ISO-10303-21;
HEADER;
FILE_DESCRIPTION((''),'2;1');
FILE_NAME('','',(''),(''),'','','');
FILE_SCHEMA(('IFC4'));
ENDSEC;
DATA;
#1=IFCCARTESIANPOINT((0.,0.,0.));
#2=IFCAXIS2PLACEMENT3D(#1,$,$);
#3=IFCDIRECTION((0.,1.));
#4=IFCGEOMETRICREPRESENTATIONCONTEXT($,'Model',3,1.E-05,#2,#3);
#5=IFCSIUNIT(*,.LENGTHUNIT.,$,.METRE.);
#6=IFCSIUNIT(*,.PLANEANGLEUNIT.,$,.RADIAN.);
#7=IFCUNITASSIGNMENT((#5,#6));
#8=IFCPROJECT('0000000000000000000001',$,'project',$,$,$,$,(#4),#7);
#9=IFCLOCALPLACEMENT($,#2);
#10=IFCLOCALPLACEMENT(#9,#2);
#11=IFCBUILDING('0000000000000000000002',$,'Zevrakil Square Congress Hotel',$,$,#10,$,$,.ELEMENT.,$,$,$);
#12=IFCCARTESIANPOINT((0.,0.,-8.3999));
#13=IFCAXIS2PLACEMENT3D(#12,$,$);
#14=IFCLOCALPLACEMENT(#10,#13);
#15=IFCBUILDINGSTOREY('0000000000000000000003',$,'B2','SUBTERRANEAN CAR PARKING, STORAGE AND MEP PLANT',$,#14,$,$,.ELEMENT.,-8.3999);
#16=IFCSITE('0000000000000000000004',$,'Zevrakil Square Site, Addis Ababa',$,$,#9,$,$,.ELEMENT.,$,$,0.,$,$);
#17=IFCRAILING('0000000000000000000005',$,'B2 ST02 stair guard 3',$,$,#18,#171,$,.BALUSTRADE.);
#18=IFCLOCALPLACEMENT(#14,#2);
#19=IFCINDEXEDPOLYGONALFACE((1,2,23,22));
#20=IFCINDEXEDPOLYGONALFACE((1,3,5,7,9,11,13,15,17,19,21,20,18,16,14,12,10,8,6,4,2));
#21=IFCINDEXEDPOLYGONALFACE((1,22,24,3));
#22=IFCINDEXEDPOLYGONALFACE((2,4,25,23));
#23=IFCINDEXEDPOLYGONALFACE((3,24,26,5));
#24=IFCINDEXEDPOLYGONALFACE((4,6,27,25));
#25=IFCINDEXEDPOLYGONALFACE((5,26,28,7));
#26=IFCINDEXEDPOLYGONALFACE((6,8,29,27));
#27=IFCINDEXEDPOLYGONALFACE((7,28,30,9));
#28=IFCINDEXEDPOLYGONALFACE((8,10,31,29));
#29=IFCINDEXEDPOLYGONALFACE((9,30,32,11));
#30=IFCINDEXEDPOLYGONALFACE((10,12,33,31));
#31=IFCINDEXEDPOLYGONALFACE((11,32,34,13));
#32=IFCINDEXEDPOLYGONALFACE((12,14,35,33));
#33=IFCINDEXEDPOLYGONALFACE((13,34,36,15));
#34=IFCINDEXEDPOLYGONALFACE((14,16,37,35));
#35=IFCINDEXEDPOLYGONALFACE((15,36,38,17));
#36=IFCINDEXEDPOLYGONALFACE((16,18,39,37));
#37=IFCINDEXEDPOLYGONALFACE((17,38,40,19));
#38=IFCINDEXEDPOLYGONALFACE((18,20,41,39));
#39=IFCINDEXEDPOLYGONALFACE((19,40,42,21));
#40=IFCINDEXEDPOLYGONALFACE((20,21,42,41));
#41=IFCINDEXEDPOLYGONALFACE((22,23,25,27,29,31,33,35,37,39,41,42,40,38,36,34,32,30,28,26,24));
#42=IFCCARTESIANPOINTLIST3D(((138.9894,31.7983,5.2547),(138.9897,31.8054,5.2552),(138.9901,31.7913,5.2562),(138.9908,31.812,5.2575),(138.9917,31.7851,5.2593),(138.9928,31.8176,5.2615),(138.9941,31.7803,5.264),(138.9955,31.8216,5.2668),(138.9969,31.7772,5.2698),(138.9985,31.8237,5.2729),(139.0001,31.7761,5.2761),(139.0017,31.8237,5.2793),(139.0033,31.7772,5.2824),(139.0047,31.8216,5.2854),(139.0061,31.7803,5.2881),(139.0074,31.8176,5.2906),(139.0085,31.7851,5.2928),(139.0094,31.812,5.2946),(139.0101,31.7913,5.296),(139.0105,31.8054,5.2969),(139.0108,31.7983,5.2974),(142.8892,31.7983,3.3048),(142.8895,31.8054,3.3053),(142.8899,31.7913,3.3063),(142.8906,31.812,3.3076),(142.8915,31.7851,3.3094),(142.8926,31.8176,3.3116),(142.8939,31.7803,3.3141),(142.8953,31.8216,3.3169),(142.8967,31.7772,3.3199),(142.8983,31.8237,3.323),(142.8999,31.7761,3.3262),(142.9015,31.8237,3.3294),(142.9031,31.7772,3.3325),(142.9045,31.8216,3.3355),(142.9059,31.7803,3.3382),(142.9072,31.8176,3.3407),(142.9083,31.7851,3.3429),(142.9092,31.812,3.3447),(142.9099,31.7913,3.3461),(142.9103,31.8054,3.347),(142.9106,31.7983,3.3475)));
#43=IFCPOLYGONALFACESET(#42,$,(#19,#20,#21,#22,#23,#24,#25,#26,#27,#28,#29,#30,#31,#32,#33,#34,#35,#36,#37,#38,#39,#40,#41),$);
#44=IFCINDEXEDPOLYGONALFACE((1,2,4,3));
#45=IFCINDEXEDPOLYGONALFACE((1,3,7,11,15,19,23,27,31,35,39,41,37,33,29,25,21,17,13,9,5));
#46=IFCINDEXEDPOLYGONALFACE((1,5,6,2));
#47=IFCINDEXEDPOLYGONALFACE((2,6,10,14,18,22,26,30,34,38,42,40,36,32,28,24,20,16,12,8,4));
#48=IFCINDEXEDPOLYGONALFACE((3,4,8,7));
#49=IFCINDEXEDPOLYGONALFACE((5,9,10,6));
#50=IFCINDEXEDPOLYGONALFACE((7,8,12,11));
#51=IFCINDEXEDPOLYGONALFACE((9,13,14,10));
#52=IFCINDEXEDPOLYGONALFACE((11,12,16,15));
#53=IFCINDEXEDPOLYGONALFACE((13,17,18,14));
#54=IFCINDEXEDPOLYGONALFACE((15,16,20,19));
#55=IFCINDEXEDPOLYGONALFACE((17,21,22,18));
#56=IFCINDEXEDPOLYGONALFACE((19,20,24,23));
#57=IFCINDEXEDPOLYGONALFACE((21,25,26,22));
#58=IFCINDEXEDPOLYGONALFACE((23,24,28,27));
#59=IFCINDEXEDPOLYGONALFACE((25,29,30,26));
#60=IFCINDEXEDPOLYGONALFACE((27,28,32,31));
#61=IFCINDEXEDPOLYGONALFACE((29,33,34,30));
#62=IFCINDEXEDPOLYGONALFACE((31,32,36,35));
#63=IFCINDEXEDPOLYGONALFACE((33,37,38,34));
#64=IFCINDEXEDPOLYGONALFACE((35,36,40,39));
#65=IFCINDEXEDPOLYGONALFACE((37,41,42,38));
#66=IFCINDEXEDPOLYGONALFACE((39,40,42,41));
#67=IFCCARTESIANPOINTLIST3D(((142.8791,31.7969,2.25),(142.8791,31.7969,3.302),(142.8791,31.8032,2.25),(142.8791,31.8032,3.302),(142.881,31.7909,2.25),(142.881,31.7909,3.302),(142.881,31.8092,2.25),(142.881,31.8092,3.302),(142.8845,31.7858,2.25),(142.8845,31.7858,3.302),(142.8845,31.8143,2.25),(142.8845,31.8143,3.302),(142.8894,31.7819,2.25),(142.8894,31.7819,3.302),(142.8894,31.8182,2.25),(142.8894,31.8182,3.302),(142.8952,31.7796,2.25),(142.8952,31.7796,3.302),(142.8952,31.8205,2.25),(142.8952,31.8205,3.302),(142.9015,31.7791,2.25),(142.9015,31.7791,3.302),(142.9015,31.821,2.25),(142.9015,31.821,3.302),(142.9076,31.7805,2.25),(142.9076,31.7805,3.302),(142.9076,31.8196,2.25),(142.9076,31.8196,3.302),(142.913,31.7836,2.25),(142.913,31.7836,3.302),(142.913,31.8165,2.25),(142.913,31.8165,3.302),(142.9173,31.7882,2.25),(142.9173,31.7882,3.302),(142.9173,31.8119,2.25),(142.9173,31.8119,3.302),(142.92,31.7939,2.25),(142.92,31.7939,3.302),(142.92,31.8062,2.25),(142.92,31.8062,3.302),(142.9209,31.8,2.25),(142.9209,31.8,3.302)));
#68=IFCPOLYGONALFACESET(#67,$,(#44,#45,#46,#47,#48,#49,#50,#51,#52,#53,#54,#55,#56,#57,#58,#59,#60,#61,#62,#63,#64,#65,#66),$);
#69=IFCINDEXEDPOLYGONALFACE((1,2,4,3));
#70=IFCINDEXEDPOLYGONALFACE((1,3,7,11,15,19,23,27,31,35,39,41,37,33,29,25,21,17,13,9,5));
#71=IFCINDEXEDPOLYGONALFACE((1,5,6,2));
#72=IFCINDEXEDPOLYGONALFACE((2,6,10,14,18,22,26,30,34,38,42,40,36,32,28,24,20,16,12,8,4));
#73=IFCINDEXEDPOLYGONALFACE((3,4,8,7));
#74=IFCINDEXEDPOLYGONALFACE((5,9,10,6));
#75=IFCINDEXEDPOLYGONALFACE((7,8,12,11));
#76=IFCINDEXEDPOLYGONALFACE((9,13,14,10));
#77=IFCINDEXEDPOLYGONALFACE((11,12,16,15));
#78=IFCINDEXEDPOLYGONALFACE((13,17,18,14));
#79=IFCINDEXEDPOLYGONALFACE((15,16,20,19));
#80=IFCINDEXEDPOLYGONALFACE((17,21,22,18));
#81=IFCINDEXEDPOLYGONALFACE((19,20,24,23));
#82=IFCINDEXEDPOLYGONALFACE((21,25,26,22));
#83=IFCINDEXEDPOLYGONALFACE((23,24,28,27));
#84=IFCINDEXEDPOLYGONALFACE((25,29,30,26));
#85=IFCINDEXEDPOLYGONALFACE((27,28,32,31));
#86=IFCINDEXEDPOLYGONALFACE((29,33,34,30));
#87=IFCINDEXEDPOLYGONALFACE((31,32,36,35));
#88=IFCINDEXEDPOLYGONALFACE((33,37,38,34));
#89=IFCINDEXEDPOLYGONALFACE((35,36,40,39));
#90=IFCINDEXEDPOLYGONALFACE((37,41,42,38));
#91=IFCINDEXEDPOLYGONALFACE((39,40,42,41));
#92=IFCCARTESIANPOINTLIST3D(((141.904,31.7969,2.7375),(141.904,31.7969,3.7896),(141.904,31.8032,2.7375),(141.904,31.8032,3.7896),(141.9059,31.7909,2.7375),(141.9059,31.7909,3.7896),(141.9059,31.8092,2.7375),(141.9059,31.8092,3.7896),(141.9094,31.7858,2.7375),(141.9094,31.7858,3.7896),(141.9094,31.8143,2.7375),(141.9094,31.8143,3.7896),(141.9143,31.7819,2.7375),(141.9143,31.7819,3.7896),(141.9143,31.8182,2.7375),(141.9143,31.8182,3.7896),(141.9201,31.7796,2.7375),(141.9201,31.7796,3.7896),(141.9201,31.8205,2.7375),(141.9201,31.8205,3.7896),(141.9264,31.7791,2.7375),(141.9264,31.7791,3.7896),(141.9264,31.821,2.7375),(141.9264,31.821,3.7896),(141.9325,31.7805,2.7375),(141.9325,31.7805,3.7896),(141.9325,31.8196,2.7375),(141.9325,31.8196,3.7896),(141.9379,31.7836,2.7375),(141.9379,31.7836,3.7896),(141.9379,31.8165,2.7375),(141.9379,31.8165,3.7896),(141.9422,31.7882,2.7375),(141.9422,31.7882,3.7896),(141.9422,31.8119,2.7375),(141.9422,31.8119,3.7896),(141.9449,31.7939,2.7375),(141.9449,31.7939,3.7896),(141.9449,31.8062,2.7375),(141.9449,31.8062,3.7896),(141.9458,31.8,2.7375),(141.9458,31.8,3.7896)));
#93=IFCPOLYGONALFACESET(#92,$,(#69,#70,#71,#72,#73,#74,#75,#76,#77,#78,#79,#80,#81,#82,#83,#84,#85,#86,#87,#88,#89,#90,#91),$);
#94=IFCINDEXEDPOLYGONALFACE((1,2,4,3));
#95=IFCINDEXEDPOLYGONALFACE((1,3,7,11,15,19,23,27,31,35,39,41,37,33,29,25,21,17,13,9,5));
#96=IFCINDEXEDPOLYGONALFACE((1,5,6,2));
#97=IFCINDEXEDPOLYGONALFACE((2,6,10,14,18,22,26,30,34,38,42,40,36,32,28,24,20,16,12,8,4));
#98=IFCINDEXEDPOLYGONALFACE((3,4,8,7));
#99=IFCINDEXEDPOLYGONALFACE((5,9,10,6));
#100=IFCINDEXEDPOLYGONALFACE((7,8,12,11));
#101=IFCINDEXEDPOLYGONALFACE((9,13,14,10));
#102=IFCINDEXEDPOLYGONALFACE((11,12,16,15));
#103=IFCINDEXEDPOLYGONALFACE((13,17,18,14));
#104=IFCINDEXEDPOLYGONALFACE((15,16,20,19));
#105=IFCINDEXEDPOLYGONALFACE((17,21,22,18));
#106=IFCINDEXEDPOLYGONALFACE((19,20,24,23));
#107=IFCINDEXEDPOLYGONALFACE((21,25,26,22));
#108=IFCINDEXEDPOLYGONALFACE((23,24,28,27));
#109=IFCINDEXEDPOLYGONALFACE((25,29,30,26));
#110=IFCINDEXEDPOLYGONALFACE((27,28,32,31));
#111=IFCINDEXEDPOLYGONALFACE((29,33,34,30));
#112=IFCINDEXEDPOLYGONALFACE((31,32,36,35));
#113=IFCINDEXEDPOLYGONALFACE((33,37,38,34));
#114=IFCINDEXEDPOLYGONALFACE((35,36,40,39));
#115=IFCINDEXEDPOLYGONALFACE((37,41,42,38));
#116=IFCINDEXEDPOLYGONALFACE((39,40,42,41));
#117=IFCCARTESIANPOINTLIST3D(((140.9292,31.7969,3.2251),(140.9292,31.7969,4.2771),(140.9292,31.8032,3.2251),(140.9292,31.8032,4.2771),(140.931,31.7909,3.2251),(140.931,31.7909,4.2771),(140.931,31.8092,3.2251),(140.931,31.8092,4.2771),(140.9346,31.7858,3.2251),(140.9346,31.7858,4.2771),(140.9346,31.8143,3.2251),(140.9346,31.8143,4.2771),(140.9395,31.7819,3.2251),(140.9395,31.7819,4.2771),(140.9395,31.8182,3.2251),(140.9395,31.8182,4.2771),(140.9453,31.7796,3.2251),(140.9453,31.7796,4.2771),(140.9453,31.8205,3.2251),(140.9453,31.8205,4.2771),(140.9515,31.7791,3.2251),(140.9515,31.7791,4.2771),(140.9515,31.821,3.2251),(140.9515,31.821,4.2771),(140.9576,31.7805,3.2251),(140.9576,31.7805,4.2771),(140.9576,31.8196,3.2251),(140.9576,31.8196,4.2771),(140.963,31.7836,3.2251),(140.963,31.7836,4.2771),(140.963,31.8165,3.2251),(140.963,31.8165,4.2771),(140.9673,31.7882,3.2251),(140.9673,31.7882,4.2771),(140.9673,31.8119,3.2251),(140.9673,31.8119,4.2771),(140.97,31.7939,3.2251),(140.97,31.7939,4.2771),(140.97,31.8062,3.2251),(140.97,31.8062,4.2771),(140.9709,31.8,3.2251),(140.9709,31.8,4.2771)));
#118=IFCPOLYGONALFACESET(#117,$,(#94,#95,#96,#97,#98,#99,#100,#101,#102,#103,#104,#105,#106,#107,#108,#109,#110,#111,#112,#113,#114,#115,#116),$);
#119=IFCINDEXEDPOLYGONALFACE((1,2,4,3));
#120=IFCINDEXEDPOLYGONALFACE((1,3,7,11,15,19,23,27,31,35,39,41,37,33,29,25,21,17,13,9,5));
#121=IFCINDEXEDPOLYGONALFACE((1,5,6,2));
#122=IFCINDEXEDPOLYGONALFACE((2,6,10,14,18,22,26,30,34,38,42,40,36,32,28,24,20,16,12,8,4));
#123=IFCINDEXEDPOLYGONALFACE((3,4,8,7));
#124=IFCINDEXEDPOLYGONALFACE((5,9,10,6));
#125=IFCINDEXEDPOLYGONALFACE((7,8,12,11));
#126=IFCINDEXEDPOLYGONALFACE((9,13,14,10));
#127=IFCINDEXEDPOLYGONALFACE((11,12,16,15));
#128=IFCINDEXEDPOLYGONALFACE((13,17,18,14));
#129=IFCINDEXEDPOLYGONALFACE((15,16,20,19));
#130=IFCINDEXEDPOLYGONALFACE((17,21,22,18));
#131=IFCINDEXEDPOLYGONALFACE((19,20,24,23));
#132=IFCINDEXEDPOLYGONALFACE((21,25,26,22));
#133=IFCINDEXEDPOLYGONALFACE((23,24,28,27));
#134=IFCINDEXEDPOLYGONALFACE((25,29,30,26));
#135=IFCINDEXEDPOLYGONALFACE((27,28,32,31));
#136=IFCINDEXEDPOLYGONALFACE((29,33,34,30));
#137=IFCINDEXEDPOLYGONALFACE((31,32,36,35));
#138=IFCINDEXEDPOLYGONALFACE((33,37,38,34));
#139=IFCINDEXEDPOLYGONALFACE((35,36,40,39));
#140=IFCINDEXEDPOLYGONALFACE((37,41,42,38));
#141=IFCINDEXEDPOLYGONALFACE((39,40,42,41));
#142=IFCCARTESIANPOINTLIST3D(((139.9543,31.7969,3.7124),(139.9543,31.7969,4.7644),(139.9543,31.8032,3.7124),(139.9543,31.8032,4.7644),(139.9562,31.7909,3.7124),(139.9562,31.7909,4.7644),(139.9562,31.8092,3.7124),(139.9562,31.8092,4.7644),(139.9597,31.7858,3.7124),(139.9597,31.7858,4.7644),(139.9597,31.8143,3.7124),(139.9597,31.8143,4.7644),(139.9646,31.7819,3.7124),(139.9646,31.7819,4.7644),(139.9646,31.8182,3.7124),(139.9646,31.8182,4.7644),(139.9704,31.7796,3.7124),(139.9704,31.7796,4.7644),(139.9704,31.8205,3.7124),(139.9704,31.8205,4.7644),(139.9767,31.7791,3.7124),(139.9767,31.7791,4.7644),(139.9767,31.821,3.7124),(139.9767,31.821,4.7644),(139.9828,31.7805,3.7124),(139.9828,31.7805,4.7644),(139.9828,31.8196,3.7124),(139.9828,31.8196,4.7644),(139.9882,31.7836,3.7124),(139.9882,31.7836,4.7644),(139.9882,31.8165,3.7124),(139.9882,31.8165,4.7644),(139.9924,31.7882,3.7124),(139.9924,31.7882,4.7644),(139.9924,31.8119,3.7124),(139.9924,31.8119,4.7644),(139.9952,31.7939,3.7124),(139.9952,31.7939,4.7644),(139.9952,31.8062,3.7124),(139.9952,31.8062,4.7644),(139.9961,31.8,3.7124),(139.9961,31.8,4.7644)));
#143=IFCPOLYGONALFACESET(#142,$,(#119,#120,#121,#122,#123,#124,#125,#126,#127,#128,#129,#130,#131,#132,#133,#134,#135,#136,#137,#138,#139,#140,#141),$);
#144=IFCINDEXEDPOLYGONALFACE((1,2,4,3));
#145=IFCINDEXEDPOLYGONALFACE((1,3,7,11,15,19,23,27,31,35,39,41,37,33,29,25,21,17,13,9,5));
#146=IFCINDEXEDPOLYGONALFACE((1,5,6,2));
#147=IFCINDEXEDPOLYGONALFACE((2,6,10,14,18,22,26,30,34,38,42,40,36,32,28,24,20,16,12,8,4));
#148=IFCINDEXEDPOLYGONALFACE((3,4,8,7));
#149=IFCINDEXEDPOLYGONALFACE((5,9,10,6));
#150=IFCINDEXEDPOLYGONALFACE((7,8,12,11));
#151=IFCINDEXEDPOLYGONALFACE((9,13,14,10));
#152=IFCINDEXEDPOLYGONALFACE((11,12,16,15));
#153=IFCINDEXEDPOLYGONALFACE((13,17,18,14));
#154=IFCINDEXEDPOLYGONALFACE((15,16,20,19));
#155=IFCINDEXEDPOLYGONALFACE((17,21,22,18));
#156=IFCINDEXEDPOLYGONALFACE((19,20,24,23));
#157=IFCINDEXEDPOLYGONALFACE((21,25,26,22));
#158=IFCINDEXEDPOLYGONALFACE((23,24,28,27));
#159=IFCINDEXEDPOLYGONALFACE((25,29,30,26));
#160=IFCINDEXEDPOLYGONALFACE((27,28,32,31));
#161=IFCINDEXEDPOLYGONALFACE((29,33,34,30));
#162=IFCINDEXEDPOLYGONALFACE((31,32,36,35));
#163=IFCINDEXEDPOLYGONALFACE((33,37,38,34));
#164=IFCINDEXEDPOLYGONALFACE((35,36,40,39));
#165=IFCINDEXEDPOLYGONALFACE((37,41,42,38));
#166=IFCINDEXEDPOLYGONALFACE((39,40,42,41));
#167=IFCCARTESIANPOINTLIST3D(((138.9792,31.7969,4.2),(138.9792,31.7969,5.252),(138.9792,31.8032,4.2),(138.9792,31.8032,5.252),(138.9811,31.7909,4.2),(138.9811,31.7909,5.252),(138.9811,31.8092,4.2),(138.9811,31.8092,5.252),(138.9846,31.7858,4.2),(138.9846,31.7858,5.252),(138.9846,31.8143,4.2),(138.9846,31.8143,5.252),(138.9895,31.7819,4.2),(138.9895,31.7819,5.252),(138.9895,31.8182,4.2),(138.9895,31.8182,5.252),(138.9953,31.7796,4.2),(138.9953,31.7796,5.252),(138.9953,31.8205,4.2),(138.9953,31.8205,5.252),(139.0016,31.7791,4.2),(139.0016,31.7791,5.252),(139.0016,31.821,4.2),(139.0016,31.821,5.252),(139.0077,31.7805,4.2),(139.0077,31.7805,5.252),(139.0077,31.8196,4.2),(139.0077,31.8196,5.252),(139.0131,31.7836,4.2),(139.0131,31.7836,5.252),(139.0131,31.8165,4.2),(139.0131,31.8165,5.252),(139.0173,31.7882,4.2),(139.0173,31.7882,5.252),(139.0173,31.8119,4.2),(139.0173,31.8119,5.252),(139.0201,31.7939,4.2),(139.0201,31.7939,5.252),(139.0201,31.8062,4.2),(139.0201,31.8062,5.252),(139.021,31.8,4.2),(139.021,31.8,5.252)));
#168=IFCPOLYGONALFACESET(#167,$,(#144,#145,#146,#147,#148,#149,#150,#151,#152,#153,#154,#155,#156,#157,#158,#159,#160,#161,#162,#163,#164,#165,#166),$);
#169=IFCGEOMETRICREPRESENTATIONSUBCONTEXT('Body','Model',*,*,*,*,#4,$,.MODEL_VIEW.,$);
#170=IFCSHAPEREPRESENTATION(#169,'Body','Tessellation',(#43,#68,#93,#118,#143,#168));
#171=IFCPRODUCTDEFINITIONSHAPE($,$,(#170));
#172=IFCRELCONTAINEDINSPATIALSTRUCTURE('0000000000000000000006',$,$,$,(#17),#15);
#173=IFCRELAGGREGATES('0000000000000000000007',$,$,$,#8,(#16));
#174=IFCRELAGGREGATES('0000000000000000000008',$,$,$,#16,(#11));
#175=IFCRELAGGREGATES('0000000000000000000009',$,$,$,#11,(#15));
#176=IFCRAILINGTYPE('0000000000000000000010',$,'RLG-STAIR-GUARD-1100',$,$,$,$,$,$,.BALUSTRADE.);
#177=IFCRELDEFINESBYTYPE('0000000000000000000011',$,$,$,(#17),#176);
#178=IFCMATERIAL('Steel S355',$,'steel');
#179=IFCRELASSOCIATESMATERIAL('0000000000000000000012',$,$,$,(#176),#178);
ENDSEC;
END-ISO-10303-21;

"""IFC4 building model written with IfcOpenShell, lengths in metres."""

from ifc_helpers import new_model, si_unit, direction, frame, origin, origin_2d, place, context, subcontext, project, spatial, circle, extrude, material, type_object, element, save


model = new_model("IFC4")

# Units and contexts
model_context = context("Model", 3, precision=1e-05, world=origin(), true_north=direction((0.0, 1.0)))
body_context = subcontext(model_context, "Body", "Model", "MODEL_VIEW")
ifc_project = project(units=[si_unit("LENGTHUNIT", "METRE"), si_unit("PLANEANGLEUNIT", "RADIAN")], contexts=[model_context])

# Site, building, storey
site_placement = place(None, origin())
site = spatial("IfcSite", under=ifc_project, at=site_placement, Name="Zevrakil Square Site, Addis Ababa", CompositionType="ELEMENT", RefElevation=0.0)
building_placement = place(site_placement, origin())
building = spatial("IfcBuilding", under=site, at=building_placement, Name="Zevrakil Square Congress Hotel", CompositionType="ELEMENT")
storey_placement = place(building_placement, frame((0.0, 0.0, -8.3999)))
storey = spatial("IfcBuildingStorey", under=building, at=storey_placement, Name="B2", Description="SUBTERRANEAN CAR PARKING, STORAGE AND MEP PLANT", CompositionType="ELEMENT", Elevation=-8.3999)

# Railing
ifc_material_1 = material(Name="Steel S355", Category="steel")
railing_type_1 = type_object("IfcRailingType", Name="RLG-STAIR-GUARD-1100", PredefinedType="BALUSTRADE", material=ifc_material_1)
railing_1_placement = place(storey_placement, frame((142.8999, 31.8, 2.25)))
element("IfcRailing", 1, at=railing_1_placement, inside=storey, type_object=railing_type_1, Name="B2 ST02 stair guard 3", PredefinedType="BALUSTRADE", context=body_context, shape_type="SweptSolid", body=[
    extrude(circle(Radius=0.0239, at=origin_2d()), frame((0.0, 0.0, 1.0762), z_axis=(-0.894427, 0.0, 0.447214), x_axis=(0.0, -1.0, 0.0)), (0.0, 0.0, 1.0), 4.3601),
    extrude(circle(Radius=0.021, at=origin_2d()), origin(), (0.0, 0.0, 1.0), 1.052),
    extrude(circle(Radius=0.021, at=origin_2d()), frame((-0.9751, 0.0, 0.4875)), (0.0, 0.0, 1.0), 1.052),
    extrude(circle(Radius=0.021, at=origin_2d()), frame((-1.95, 0.0, 0.9751)), (0.0, 0.0, 1.0), 1.052),
    extrude(circle(Radius=0.021, at=origin_2d()), frame((-2.9248, 0.0, 1.4624)), (0.0, 0.0, 1.0), 1.052),
    extrude(circle(Radius=0.021, at=origin_2d()), frame((-3.8999, 0.0, 1.95)), (0.0, 0.0, 1.0), 1.052),
])

save(model, "model.ifc")
